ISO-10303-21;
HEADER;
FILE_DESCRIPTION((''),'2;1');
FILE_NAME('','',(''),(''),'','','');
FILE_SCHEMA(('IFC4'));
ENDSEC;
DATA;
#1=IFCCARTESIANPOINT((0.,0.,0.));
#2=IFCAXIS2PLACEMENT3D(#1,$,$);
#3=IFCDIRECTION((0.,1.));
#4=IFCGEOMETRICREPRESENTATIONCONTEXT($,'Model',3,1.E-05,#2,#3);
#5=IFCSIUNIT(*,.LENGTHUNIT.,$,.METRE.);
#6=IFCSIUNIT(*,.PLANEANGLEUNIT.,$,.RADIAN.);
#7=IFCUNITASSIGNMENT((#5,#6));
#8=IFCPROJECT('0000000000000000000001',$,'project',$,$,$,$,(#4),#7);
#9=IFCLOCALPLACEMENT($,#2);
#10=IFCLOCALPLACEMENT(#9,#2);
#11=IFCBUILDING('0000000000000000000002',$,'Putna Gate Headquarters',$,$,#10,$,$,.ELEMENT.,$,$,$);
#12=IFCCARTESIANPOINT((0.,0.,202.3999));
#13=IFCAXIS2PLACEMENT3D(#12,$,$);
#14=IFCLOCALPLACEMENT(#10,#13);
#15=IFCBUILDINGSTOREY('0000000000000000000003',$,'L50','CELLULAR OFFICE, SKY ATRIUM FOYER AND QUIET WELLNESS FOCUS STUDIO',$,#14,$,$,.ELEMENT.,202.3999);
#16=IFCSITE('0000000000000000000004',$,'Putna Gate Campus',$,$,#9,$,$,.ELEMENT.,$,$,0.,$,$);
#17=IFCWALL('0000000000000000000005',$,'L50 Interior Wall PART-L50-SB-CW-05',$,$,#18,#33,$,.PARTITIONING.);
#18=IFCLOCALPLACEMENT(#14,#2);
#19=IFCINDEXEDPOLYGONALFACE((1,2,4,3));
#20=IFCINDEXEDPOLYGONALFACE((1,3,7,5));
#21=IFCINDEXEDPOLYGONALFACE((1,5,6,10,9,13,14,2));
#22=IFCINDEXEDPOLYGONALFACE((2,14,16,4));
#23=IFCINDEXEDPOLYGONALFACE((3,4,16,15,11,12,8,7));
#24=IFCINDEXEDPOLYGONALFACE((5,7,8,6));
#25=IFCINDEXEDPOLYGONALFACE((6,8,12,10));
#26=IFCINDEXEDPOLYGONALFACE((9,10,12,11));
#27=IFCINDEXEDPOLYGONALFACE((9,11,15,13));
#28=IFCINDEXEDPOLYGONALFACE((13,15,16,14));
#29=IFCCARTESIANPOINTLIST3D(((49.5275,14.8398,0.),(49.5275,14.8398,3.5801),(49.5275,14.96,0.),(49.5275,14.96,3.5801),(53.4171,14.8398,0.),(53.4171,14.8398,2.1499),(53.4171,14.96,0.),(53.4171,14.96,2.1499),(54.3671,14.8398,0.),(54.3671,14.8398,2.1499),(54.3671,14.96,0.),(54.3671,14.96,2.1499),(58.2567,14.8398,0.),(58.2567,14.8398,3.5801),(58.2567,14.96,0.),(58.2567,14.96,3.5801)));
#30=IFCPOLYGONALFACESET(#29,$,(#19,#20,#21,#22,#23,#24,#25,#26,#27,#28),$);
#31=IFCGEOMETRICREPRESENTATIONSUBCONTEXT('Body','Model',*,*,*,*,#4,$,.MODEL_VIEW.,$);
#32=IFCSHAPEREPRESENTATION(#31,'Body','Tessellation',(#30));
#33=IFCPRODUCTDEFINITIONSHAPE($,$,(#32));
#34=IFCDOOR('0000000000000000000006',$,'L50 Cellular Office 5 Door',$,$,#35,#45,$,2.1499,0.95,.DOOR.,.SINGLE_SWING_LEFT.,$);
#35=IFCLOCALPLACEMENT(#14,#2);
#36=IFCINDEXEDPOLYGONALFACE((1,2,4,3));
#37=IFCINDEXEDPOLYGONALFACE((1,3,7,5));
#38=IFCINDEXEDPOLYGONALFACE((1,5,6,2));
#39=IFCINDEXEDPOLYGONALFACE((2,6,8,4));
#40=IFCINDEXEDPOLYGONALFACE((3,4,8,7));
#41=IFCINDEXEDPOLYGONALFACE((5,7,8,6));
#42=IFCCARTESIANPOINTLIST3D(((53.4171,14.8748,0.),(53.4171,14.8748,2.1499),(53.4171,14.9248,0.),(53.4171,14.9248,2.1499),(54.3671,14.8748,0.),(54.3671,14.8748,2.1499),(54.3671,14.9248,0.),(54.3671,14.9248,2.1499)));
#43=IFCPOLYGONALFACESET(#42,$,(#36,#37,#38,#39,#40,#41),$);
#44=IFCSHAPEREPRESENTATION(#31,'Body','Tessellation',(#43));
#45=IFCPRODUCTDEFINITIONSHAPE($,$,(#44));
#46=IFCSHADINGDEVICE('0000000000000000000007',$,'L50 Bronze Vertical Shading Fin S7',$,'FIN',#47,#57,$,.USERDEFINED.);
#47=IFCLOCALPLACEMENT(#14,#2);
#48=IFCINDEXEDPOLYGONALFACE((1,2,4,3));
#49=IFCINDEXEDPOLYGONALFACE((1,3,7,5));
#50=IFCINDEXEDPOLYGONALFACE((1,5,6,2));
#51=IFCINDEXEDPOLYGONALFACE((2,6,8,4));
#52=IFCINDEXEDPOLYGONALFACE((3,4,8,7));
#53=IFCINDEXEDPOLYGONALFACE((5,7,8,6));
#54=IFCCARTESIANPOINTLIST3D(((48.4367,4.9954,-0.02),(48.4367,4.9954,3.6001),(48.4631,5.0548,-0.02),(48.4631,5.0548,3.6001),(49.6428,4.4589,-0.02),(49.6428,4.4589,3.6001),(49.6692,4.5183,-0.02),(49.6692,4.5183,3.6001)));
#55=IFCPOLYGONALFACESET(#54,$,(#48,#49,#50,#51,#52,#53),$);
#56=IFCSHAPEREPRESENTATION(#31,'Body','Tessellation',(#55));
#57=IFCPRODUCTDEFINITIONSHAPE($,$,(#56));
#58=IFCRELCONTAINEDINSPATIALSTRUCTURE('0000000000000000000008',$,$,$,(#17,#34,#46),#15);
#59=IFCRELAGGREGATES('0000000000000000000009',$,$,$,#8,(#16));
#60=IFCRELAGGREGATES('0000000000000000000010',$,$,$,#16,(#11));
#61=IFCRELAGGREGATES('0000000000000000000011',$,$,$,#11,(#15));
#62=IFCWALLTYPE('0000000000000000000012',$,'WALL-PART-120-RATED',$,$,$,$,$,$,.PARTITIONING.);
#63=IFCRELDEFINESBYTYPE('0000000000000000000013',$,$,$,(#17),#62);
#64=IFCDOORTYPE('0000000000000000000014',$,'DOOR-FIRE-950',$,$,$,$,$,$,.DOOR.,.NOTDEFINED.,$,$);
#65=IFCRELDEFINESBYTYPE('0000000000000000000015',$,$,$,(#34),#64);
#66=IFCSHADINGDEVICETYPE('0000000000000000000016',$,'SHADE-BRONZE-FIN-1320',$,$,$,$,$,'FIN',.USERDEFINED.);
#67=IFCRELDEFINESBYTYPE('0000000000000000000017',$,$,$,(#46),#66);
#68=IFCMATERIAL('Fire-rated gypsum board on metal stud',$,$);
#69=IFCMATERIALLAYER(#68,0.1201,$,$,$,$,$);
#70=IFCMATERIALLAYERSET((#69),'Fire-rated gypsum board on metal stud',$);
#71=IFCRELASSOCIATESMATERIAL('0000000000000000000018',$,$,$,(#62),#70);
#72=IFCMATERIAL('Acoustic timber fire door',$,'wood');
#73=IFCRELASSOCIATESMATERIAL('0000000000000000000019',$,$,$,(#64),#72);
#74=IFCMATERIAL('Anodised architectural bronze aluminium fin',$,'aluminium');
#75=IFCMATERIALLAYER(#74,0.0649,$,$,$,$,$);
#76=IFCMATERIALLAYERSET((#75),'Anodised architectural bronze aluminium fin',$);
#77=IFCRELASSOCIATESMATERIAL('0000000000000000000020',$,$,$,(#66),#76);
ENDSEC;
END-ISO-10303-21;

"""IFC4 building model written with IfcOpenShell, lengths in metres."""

from ifc_helpers import new_model, si_unit, direction, frame, frame_2d, origin, origin_2d, place, context, subcontext, project, spatial, rectangle, extrude, material, layer, layer_set, type_object, element, fill, save


model = new_model("IFC4")

# Units and contexts
model_context = context("Model", 3, precision=1e-05, world=origin(), true_north=direction((0.0, 1.0)))
body_context = subcontext(model_context, "Body", "Model", "MODEL_VIEW")
ifc_project = project(units=[si_unit("LENGTHUNIT", "METRE"), si_unit("PLANEANGLEUNIT", "RADIAN")], contexts=[model_context])

# Site, building, storey
site_placement = place(None, origin())
site = spatial("IfcSite", under=ifc_project, at=site_placement, Name="Putna Gate Campus", CompositionType="ELEMENT", RefElevation=0.0)
building_placement = place(site_placement, origin())
building = spatial("IfcBuilding", under=site, at=building_placement, Name="Putna Gate Headquarters", CompositionType="ELEMENT")
storey_placement = place(building_placement, frame((0.0, 0.0, 202.3999)))
storey = spatial("IfcBuildingStorey", under=building, at=storey_placement, Name="L50", Description="CELLULAR OFFICE, SKY ATRIUM FOYER AND QUIET WELLNESS FOCUS STUDIO", CompositionType="ELEMENT", Elevation=202.3999)

# Wall, opening, door
ifc_material_1 = material(Name="Fire-rated gypsum board on metal stud")
ifc_layer_1 = layer(ifc_material_1, 0.1201)
ifc_layer_set_1 = layer_set([ifc_layer_1], Name="Fire-rated gypsum board on metal stud")
wall_type_1 = type_object("IfcWallType", Name="WALL-PART-120-RATED", PredefinedType="PARTITIONING", material=ifc_layer_set_1)
wall_1_placement = place(storey_placement, frame((49.5273, 14.8999, 0.0), z_axis=(0.0, 0.0, 1.0), x_axis=(1.0, 0.0, 0.0)))
wall_1 = element("IfcWall", 1, at=wall_1_placement, inside=storey, type_object=wall_type_1, Name="L50 Interior Wall PART-L50-SB-CW-05", PredefinedType="PARTITIONING", context=body_context, shape_type="SweptSolid", body=[
    extrude(rectangle(XDim=8.7292, YDim=0.1201, at=frame_2d((4.3647, 0.0))), origin(), (0.0, 0.0, 1.0), 3.5801),
])
opening_placement = place(wall_1_placement, frame((3.8896, 0.0, 0.0)))
opening = element("IfcOpeningElement", 2, at=opening_placement, cuts=wall_1, PredefinedType="OPENING", context=body_context, shape_type="SweptSolid", body=[
    extrude(rectangle(XDim=0.95, YDim=2.1499, at=frame_2d((0.4751, 1.075))), frame((0.0, 0.0701, 0.0), z_axis=(0.0, -1.0, 0.0), x_axis=(1.0, 0.0, 0.0)), (0.0, 0.0, 1.0), 0.1401),
])
ifc_material_2 = material(Name="Acoustic timber fire door", Category="wood")
door_type = type_object("IfcDoorType", Name="DOOR-FIRE-950", OperationType="NOTDEFINED", PredefinedType="DOOR", material=ifc_material_2)
door_placement = place(opening_placement, origin())
door = element("IfcDoor", 3, at=door_placement, inside=storey, type_object=door_type, Name="L50 Cellular Office 5 Door", OperationType="SINGLE_SWING_LEFT", OverallHeight=2.1499, OverallWidth=0.95, PredefinedType="DOOR", context=body_context, shape_type="SweptSolid", body=[
    extrude(rectangle(XDim=0.95, YDim=2.1499, at=frame_2d((0.4751, 1.075))), frame((0.0, 0.0249, 0.0), z_axis=(0.0, -1.0, 0.0), x_axis=(1.0, 0.0, 0.0)), (0.0, 0.0, 1.0), 0.05),
])
fill(opening, door)

# Shading device
ifc_material_3 = material(Name="Anodised architectural bronze aluminium fin", Category="aluminium")
ifc_layer_2 = layer(ifc_material_3, 0.0649)
ifc_layer_set_2 = layer_set([ifc_layer_2], Name="Anodised architectural bronze aluminium fin")
shading_device_type = type_object("IfcShadingDeviceType", Name="SHADE-BRONZE-FIN-1320", ElementType="FIN", PredefinedType="USERDEFINED", material=ifc_layer_set_2)
shading_device_placement = place(storey_placement, frame((49.053, 4.7568, -0.02), z_axis=(0.0, 0.0, 1.0), x_axis=(0.913687, -0.406418, 0.0)))
element("IfcShadingDevice", 4, at=shading_device_placement, inside=storey, type_object=shading_device_type, Name="L50 Bronze Vertical Shading Fin S7", ObjectType="FIN", PredefinedType="USERDEFINED", context=body_context, shape_type="SweptSolid", body=[
    extrude(rectangle(XDim=1.3201, YDim=0.0649, at=origin_2d()), origin(), (0.0, 0.0, 1.0), 3.6201),
])

save(model, "model.ifc")
